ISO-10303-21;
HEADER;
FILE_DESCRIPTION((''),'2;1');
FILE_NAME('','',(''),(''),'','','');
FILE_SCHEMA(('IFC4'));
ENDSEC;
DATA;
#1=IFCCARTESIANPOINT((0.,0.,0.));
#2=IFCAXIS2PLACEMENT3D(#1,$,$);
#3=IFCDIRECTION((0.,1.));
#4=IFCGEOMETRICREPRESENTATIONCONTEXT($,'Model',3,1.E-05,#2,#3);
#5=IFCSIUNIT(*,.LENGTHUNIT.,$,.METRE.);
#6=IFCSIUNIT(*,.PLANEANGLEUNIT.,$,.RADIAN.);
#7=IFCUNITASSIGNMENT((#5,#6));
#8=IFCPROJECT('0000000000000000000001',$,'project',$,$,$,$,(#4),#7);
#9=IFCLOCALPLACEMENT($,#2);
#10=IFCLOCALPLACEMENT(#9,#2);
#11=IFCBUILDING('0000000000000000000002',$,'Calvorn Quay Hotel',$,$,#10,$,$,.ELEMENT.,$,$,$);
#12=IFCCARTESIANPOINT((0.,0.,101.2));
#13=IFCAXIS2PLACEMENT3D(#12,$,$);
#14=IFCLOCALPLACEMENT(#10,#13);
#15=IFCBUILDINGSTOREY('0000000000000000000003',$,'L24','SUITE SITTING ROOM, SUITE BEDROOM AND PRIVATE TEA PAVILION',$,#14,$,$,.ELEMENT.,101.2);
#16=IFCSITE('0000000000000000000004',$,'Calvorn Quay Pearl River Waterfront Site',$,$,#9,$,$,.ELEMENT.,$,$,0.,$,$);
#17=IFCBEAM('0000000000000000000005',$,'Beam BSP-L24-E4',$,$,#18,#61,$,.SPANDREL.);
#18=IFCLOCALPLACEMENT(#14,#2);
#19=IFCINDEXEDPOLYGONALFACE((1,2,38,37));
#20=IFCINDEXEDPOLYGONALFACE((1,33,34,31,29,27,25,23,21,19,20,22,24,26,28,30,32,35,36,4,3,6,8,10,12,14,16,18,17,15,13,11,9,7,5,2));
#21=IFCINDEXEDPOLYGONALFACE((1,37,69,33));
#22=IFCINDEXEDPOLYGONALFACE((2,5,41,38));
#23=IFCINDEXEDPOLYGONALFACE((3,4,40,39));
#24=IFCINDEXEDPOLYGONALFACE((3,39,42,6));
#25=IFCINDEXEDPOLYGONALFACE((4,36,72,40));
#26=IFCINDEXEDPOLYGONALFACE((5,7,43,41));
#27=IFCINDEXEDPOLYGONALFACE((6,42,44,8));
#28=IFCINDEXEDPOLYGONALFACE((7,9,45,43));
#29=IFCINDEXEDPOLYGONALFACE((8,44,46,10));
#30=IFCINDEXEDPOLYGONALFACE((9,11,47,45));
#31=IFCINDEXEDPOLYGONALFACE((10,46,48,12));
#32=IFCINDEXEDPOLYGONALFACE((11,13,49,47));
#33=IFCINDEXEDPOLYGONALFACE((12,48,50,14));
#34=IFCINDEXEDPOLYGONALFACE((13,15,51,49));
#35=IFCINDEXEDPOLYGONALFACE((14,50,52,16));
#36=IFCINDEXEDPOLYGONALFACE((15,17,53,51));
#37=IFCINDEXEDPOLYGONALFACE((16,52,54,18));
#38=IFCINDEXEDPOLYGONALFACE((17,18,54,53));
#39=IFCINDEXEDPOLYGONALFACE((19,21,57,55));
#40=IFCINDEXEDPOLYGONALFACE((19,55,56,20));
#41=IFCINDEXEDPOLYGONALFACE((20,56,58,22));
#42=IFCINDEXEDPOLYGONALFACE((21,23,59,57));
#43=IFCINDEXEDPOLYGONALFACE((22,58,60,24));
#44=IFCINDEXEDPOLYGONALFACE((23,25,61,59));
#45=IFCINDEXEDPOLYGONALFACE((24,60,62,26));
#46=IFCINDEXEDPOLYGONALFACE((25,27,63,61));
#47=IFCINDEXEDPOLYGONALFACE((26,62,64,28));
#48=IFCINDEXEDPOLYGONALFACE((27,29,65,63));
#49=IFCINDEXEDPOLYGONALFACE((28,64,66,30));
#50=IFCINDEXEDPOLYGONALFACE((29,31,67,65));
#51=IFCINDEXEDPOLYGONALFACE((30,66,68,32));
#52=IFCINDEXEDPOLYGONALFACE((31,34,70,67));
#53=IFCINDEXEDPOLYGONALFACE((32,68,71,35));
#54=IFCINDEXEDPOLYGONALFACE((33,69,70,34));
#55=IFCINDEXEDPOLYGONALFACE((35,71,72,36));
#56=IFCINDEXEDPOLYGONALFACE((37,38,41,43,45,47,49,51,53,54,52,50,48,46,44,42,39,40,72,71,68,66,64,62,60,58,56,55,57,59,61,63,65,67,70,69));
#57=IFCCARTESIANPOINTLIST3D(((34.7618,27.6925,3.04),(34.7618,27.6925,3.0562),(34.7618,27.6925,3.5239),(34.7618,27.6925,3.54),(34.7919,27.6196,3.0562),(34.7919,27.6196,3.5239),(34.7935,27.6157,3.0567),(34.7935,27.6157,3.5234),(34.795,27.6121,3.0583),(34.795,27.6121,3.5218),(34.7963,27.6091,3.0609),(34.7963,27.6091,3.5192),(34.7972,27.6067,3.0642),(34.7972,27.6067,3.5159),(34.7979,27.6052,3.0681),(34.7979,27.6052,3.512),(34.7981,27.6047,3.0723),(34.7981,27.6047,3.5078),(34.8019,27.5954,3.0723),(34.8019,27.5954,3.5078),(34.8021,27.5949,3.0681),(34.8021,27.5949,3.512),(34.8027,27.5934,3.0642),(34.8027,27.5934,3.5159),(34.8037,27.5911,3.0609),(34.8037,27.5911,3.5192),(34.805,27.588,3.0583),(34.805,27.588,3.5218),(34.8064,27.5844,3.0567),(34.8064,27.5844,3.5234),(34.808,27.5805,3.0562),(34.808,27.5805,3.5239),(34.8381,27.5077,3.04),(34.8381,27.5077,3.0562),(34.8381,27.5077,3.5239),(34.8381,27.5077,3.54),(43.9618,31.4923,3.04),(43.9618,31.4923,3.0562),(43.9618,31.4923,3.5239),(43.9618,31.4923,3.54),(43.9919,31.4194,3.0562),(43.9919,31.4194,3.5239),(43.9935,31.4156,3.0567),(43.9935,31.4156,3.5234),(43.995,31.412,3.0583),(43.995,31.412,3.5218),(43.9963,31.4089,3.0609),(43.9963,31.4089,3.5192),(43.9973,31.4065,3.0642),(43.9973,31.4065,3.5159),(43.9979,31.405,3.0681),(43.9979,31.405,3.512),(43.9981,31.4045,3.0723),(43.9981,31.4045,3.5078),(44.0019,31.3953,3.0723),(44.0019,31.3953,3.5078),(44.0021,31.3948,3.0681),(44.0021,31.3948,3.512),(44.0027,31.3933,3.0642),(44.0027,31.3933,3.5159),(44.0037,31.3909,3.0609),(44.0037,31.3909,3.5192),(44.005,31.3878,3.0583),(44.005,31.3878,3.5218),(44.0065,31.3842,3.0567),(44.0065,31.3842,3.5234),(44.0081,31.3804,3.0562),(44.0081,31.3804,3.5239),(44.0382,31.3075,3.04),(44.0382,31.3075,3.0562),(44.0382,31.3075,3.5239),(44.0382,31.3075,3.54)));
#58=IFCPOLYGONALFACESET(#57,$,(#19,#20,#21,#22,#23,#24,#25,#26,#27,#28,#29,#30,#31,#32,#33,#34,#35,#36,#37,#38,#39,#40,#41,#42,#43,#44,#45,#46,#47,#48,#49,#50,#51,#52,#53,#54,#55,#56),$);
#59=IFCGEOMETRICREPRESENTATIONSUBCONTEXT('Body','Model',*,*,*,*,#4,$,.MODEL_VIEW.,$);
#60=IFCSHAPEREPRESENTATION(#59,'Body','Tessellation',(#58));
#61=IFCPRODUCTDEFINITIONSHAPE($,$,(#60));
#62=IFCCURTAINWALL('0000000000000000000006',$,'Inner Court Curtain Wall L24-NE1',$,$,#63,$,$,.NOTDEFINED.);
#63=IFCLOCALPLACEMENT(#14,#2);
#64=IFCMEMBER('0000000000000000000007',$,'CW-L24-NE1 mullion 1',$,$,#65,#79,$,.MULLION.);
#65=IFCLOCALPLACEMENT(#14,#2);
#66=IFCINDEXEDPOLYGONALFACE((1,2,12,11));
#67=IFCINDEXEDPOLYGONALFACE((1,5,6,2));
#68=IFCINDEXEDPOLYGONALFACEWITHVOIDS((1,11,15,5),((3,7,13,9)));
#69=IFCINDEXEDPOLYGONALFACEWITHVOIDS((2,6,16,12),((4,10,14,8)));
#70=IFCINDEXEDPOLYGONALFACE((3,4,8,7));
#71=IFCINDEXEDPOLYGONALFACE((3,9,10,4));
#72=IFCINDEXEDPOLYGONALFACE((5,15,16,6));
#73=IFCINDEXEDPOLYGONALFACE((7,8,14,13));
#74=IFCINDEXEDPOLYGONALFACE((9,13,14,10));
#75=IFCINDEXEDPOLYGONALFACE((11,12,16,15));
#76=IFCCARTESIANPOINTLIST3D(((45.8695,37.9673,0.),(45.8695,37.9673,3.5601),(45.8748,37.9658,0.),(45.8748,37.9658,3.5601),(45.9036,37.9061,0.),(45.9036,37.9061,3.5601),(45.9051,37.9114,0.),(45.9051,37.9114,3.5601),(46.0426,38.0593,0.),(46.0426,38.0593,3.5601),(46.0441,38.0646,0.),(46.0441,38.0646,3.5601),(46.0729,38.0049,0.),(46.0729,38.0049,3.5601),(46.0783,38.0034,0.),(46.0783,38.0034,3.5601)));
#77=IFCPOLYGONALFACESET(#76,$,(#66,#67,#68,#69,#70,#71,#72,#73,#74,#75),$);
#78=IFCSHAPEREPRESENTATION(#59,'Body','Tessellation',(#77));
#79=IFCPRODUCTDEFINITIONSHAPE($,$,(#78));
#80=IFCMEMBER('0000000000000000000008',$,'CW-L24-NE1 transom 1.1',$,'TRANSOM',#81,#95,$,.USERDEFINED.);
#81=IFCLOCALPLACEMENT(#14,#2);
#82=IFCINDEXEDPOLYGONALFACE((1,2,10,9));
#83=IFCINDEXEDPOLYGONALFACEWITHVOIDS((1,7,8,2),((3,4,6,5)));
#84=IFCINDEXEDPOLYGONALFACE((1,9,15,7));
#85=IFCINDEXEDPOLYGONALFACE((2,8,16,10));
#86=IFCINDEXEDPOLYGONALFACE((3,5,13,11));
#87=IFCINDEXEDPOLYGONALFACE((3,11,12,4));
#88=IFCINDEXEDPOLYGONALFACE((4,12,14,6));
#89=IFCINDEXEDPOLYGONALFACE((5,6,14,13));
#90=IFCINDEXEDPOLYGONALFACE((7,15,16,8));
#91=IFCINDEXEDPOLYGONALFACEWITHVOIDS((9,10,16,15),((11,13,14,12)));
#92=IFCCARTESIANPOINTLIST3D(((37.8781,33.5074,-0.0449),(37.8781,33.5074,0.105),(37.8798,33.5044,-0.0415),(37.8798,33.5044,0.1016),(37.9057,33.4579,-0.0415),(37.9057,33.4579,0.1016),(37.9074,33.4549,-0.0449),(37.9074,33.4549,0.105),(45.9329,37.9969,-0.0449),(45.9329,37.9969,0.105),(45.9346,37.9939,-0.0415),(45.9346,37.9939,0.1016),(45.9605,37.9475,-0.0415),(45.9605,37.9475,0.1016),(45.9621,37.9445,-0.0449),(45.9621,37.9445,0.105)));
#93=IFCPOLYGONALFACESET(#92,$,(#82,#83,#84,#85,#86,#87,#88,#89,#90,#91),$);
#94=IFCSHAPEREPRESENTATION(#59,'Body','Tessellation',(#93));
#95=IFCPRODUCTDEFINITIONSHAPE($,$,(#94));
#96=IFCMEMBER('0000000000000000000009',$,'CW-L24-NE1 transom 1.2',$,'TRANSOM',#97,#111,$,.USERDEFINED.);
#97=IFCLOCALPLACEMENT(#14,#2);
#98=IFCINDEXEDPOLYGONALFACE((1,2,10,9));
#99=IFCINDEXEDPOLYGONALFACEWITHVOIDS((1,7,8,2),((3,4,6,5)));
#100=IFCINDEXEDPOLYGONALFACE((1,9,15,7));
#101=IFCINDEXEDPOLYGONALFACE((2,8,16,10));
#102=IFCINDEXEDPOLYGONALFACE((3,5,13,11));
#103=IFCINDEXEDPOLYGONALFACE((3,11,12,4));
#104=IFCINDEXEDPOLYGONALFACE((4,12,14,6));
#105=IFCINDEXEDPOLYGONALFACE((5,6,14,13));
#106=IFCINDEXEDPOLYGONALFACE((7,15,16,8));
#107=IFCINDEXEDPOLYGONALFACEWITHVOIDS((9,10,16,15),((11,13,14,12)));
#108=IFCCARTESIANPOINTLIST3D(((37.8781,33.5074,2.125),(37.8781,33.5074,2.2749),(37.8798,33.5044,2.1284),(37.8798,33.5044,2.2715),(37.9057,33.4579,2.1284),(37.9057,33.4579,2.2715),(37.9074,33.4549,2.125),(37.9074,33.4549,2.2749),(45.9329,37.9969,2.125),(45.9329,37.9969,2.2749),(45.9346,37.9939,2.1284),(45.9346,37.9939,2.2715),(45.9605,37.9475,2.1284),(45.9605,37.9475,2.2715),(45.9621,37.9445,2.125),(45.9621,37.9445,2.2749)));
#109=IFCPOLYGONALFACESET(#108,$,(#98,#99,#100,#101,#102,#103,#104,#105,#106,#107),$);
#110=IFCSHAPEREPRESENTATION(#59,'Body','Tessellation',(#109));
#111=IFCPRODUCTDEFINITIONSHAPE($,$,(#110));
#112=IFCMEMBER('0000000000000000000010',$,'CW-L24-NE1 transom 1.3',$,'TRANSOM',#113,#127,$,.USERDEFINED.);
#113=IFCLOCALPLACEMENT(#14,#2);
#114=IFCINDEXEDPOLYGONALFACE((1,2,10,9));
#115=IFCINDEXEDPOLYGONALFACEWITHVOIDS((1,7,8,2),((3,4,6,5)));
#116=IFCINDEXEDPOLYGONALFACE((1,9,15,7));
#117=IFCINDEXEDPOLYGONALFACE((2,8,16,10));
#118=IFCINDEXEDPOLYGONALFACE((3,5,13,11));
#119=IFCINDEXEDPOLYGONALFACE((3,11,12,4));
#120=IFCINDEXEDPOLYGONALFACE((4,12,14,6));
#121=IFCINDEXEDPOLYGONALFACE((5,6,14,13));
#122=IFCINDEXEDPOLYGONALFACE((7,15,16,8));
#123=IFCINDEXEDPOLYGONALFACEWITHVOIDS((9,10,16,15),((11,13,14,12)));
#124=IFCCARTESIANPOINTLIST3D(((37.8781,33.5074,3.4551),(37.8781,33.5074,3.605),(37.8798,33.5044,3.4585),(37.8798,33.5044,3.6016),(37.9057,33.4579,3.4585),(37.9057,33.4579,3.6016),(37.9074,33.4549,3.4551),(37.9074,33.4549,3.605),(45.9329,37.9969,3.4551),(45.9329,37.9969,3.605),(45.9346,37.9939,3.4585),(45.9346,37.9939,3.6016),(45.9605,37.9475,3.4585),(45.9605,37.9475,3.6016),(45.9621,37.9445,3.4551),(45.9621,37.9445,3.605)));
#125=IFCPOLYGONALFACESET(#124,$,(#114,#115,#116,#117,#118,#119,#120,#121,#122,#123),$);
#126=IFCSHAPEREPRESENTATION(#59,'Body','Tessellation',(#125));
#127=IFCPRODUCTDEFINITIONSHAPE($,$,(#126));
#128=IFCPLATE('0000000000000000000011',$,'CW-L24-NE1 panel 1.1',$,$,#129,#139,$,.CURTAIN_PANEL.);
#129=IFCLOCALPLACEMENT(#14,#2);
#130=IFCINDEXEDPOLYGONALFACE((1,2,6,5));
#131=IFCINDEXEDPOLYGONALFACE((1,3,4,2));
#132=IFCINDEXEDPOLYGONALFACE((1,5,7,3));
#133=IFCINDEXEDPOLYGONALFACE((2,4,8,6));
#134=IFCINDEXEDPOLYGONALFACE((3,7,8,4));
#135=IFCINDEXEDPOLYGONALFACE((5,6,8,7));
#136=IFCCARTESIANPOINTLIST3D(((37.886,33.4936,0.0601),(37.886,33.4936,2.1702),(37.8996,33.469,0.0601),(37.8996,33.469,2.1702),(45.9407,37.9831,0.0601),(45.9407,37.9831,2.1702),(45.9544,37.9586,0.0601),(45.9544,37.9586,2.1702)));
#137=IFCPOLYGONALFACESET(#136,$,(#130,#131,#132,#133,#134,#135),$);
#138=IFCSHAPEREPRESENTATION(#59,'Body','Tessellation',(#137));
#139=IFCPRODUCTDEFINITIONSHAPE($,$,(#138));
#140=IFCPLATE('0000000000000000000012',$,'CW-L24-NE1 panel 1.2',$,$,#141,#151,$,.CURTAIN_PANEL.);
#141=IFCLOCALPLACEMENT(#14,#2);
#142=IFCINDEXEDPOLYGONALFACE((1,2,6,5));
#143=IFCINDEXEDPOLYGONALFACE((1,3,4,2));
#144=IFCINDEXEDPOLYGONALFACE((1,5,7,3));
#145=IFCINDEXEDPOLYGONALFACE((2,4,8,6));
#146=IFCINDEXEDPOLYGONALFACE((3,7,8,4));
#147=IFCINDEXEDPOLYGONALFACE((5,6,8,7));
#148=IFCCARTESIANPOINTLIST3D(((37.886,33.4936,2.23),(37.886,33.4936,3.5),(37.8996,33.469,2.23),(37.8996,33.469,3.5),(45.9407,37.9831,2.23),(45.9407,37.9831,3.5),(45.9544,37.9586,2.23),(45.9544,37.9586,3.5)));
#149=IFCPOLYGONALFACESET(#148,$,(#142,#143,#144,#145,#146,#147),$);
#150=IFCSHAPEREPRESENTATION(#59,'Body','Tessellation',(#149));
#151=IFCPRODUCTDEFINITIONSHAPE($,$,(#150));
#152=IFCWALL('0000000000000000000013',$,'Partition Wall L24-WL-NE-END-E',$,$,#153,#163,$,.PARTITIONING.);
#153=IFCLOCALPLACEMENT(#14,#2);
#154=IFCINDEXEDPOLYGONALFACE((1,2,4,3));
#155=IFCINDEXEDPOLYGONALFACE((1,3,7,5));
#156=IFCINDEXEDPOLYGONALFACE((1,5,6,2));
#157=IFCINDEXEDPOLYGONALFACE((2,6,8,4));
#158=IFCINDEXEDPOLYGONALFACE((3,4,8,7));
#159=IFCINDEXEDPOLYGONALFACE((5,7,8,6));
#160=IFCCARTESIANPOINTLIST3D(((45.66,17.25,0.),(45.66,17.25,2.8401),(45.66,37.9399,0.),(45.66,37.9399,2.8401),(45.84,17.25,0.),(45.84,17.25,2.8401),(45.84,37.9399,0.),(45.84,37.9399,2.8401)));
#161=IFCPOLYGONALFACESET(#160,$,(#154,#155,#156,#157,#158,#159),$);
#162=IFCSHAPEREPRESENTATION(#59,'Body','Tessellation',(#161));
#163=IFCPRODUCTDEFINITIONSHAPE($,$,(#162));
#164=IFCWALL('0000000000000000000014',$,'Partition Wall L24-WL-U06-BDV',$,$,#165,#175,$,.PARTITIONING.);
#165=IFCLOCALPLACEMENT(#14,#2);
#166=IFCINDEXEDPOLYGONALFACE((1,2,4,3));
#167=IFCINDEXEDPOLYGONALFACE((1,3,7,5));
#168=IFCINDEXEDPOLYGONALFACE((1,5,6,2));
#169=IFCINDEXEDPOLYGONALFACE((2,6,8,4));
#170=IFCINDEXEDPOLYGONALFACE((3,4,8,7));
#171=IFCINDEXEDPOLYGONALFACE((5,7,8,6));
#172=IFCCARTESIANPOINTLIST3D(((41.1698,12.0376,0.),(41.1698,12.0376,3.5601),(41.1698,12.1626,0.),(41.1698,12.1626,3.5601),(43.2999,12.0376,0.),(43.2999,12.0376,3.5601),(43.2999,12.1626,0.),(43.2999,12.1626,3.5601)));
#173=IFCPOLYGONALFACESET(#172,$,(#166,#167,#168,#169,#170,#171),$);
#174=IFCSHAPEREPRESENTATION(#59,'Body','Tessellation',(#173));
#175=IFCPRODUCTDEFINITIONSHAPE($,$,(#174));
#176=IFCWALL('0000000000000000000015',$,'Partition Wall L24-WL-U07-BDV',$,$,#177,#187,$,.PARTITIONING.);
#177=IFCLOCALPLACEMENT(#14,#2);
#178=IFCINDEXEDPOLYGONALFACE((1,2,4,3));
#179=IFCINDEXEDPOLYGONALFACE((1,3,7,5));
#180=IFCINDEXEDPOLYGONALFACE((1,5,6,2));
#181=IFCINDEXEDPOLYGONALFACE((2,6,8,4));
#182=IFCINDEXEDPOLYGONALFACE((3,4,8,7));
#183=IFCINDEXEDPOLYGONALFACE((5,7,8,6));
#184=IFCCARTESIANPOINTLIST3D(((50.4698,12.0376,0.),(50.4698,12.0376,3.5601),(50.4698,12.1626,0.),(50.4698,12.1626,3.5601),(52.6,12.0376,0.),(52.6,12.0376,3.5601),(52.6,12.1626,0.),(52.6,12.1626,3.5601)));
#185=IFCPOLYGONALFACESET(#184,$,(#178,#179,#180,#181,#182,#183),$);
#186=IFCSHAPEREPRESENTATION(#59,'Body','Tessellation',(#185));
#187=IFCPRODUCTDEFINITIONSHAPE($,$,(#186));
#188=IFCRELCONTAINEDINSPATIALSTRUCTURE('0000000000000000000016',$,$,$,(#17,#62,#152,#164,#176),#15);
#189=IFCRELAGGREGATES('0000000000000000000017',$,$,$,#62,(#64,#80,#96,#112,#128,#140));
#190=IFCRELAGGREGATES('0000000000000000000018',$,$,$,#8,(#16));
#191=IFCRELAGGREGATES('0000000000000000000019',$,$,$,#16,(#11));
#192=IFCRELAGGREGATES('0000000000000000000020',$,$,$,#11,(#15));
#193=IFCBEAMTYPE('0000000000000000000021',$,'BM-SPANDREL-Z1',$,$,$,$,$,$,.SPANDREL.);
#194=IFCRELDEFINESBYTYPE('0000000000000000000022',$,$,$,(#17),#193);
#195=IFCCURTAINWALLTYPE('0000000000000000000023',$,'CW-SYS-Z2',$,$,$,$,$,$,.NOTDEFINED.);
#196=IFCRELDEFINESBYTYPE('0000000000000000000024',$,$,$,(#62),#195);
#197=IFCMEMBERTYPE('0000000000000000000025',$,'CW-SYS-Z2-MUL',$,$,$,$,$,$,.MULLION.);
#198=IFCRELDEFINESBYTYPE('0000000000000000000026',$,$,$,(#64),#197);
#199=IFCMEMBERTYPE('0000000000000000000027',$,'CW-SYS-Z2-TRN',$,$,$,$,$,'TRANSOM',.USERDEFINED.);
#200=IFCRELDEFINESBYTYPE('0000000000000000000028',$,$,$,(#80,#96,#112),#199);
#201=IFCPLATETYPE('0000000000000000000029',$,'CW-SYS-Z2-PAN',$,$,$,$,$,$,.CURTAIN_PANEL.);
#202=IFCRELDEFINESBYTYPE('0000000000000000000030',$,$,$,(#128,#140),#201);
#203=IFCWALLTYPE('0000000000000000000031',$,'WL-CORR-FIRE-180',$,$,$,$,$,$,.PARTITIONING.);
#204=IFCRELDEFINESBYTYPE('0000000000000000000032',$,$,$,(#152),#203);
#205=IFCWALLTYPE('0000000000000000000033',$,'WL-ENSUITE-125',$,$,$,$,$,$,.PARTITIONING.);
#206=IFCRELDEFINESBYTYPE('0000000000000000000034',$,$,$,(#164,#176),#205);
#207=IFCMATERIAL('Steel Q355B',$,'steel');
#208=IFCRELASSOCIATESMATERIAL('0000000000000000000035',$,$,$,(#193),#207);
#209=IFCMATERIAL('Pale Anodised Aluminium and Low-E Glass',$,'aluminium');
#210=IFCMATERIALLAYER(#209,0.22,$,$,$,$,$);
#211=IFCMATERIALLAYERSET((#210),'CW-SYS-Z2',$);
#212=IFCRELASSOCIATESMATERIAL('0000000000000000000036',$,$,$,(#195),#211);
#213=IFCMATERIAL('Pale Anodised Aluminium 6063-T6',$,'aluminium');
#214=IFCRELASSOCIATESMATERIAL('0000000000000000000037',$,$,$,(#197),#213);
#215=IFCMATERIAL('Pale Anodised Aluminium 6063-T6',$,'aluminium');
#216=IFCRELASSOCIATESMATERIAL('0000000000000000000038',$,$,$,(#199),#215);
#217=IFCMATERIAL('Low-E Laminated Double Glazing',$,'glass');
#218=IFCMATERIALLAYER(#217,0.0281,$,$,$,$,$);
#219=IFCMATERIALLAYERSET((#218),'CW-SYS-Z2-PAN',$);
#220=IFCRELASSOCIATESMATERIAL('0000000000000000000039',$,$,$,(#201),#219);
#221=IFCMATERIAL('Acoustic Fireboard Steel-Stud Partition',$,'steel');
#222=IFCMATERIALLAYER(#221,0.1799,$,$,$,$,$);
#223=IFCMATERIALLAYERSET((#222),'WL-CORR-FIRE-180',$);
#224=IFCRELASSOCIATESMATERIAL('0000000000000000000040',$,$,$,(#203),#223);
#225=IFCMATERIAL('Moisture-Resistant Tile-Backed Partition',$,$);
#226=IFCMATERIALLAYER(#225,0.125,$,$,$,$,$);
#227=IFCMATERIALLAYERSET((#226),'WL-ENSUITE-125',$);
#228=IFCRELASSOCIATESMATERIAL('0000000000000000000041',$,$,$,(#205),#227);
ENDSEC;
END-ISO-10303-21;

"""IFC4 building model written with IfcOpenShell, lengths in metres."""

from ifc_helpers import new_model, si_unit, direction, frame, frame_2d, origin, origin_2d, place, context, subcontext, project, spatial, rectangle, hollow_rectangle, i_section, extrude, material, layer, layer_set, material_profile, profile_set, type_object, element, aggregate, save


model = new_model("IFC4")

# Units and contexts
model_context = context("Model", 3, precision=1e-05, world=origin(), true_north=direction((0.0, 1.0)))
body_context = subcontext(model_context, "Body", "Model", "MODEL_VIEW")
ifc_project = project(units=[si_unit("LENGTHUNIT", "METRE"), si_unit("PLANEANGLEUNIT", "RADIAN")], contexts=[model_context])

# Site, building, storey
site_placement = place(None, origin())
site = spatial("IfcSite", under=ifc_project, at=site_placement, Name="Calvorn Quay Pearl River Waterfront Site", CompositionType="ELEMENT", RefElevation=0.0)
building_placement = place(site_placement, origin())
building = spatial("IfcBuilding", under=site, at=building_placement, Name="Calvorn Quay Hotel", CompositionType="ELEMENT")
storey_placement = place(building_placement, frame((0.0, 0.0, 101.2)))
storey = spatial("IfcBuildingStorey", under=building, at=storey_placement, Name="L24", Description="SUITE SITTING ROOM, SUITE BEDROOM AND PRIVATE TEA PAVILION", CompositionType="ELEMENT", Elevation=101.2)

# Beam
ifc_material_1 = material(Name="Steel Q355B", Category="steel")
ifc_material_profile_1 = material_profile(ifc_material_1, i_section(OverallWidth=0.2, OverallDepth=0.5, WebThickness=0.01, FlangeThickness=0.0161, FilletRadius=0.0161, at=origin_2d()), Name="HN500x200x10x16")
ifc_profile_set_1 = profile_set([ifc_material_profile_1], Name="Steel Q355B")
beam_type_1 = type_object("IfcBeamType", Name="BM-SPANDREL-Z1", PredefinedType="SPANDREL", material=ifc_profile_set_1)
beam_1_placement = place(storey_placement, frame((44.0, 31.3999, 3.29), z_axis=(-0.924268, -0.381745, 0.0), x_axis=(0.381745, -0.924268, 0.0)))
element("IfcBeam", 1, at=beam_1_placement, inside=storey, type_object=beam_type_1, Name="Beam BSP-L24-E4", PredefinedType="SPANDREL", context=body_context, shape_type="SweptSolid", body=[
    extrude(i_section(OverallWidth=0.2, OverallDepth=0.5, WebThickness=0.01, FlangeThickness=0.0161, FilletRadius=0.0161, at=origin_2d()), origin(), (0.0, 0.0, 1.0), 9.9539),
])

# Curtain wall, members, plates
ifc_material_2 = material(Name="Pale Anodised Aluminium and Low-E Glass", Category="aluminium")
ifc_layer_1 = layer(ifc_material_2, 0.22)
ifc_layer_set_1 = layer_set([ifc_layer_1], Name="CW-SYS-Z2")
curtain_wall_type = type_object("IfcCurtainWallType", Name="CW-SYS-Z2", PredefinedType="NOTDEFINED", material=ifc_layer_set_1)
curtain_wall_placement = place(storey_placement, origin())
curtain_wall = element("IfcCurtainWall", 2, at=curtain_wall_placement, inside=storey, type_object=curtain_wall_type, Name="Inner Court Curtain Wall L24-NE1", PredefinedType="NOTDEFINED")
ifc_material_3 = material(Name="Pale Anodised Aluminium 6063-T6", Category="aluminium")
ifc_material_profile_2 = material_profile(ifc_material_3, hollow_rectangle(XDim=0.0701, YDim=0.2, WallThickness=0.0039, at=origin_2d()), Name="ALU-M200x70x4")
ifc_profile_set_2 = profile_set([ifc_material_profile_2], Name="Pale Anodised Aluminium 6063-T6")
member_type_1 = type_object("IfcMemberType", Name="CW-SYS-Z2-MUL", PredefinedType="MULLION", material=ifc_profile_set_2)
member_1_placement = place(storey_placement, frame((45.9739, 37.9854, 0.0), z_axis=(0.0, 0.0, 1.0), x_axis=(0.486858, -0.873481, 0.0)))
member_1 = element("IfcMember", 3, at=member_1_placement, type_object=member_type_1, Name="CW-L24-NE1 mullion 1", PredefinedType="MULLION", context=body_context, shape_type="SweptSolid", body=[
    extrude(hollow_rectangle(XDim=0.0701, YDim=0.2, WallThickness=0.0039, at=origin_2d()), origin(), (0.0, 0.0, 1.0), 3.5601),
])
ifc_material_4 = material(Name="Pale Anodised Aluminium 6063-T6", Category="aluminium")
ifc_material_profile_3 = material_profile(ifc_material_4, hollow_rectangle(XDim=0.0601, YDim=0.1499, WallThickness=0.0034, at=origin_2d()), Name="ALU-T150x60x3.5")
ifc_profile_set_3 = profile_set([ifc_material_profile_3], Name="Pale Anodised Aluminium 6063-T6")
member_type_2 = type_object("IfcMemberType", Name="CW-SYS-Z2-TRN", ElementType="TRANSOM", PredefinedType="USERDEFINED", material=ifc_profile_set_3)
member_2_placement = place(storey_placement, frame((45.9475, 37.9707, 0.03), z_axis=(-0.873481, -0.486859, 0.0), x_axis=(0.486859, -0.873481, 0.0)))
member_2 = element("IfcMember", 4, at=member_2_placement, type_object=member_type_2, Name="CW-L24-NE1 transom 1.1", ObjectType="TRANSOM", PredefinedType="USERDEFINED", context=body_context, shape_type="SweptSolid", body=[
    extrude(hollow_rectangle(XDim=0.0601, YDim=0.1499, WallThickness=0.0034, at=origin_2d()), origin(), (0.0, 0.0, 1.0), 9.2214),
])
member_3_placement = place(storey_placement, frame((45.9475, 37.9707, 2.2), z_axis=(-0.873481, -0.486859, 0.0), x_axis=(0.486859, -0.873481, 0.0)))
member_3 = element("IfcMember", 5, at=member_3_placement, type_object=member_type_2, Name="CW-L24-NE1 transom 1.2", ObjectType="TRANSOM", PredefinedType="USERDEFINED", context=body_context, shape_type="SweptSolid", body=[
    extrude(hollow_rectangle(XDim=0.0601, YDim=0.1499, WallThickness=0.0034, at=origin_2d()), origin(), (0.0, 0.0, 1.0), 9.2214),
])
member_4_placement = place(storey_placement, frame((45.9475, 37.9707, 3.53), z_axis=(-0.873481, -0.486859, 0.0), x_axis=(0.486859, -0.873481, 0.0)))
member_4 = element("IfcMember", 6, at=member_4_placement, type_object=member_type_2, Name="CW-L24-NE1 transom 1.3", ObjectType="TRANSOM", PredefinedType="USERDEFINED", context=body_context, shape_type="SweptSolid", body=[
    extrude(hollow_rectangle(XDim=0.0601, YDim=0.1499, WallThickness=0.0034, at=origin_2d()), origin(), (0.0, 0.0, 1.0), 9.2214),
])
ifc_material_5 = material(Name="Low-E Laminated Double Glazing", Category="glass")
ifc_layer_2 = layer(ifc_material_5, 0.0281)
ifc_layer_set_2 = layer_set([ifc_layer_2], Name="CW-SYS-Z2-PAN")
plate_type = type_object("IfcPlateType", Name="CW-SYS-Z2-PAN", PredefinedType="CURTAIN_PANEL", material=ifc_layer_set_2)
plate_1_placement = place(storey_placement, frame((41.9202, 35.7261, 0.0601), z_axis=(0.0, 0.0, 1.0), x_axis=(-0.873481, -0.486858, 0.0)))
plate_1 = element("IfcPlate", 7, at=plate_1_placement, type_object=plate_type, Name="CW-L24-NE1 panel 1.1", PredefinedType="CURTAIN_PANEL", context=body_context, shape_type="SweptSolid", body=[
    extrude(rectangle(XDim=9.2214, YDim=0.0281, at=origin_2d()), origin(), (0.0, 0.0, 1.0), 2.1101),
])
plate_2_placement = place(storey_placement, frame((41.9202, 35.7261, 2.23), z_axis=(0.0, 0.0, 1.0), x_axis=(-0.873481, -0.486858, 0.0)))
plate_2 = element("IfcPlate", 8, at=plate_2_placement, type_object=plate_type, Name="CW-L24-NE1 panel 1.2", PredefinedType="CURTAIN_PANEL", context=body_context, shape_type="SweptSolid", body=[
    extrude(rectangle(XDim=9.2214, YDim=0.0281, at=origin_2d()), origin(), (0.0, 0.0, 1.0), 1.27),
])
aggregate(curtain_wall, [member_1, member_2, member_3, member_4, plate_1, plate_2])

# Walls
ifc_material_6 = material(Name="Acoustic Fireboard Steel-Stud Partition", Category="steel")
ifc_layer_3 = layer(ifc_material_6, 0.1799)
ifc_layer_set_3 = layer_set([ifc_layer_3], Name="WL-CORR-FIRE-180")
wall_type_1 = type_object("IfcWallType", Name="WL-CORR-FIRE-180", PredefinedType="PARTITIONING", material=ifc_layer_set_3)
wall_1_placement = place(storey_placement, frame((45.75, 17.25, 0.0), z_axis=(0.0, 0.0, 1.0), x_axis=(0.0, 1.0, 0.0)))
element("IfcWall", 9, at=wall_1_placement, inside=storey, type_object=wall_type_1, Name="Partition Wall L24-WL-NE-END-E", PredefinedType="PARTITIONING", context=body_context, shape_type="SweptSolid", body=[
    extrude(rectangle(XDim=20.6899, YDim=0.1799, at=frame_2d((10.345, 0.0))), origin(), (0.0, 0.0, 1.0), 2.8401),
])
ifc_material_7 = material(Name="Moisture-Resistant Tile-Backed Partition")
ifc_layer_4 = layer(ifc_material_7, 0.125)
ifc_layer_set_4 = layer_set([ifc_layer_4], Name="WL-ENSUITE-125")
wall_type_2 = type_object("IfcWallType", Name="WL-ENSUITE-125", PredefinedType="PARTITIONING", material=ifc_layer_set_4)
for number, where, z_axis, x_axis, name in (
    (10, (41.1699, 12.1001, 0.0), (0.0, 0.0, 1.0), (1.0, 0.0, 0.0), "Partition Wall L24-WL-U06-BDV"),
    (11, (50.47, 12.1001, 0.0), (0.0, 0.0, 1.0), (1.0, 0.0, 0.0), "Partition Wall L24-WL-U07-BDV"),
):
    element("IfcWall", number, at=place(storey_placement, frame(where, z_axis=z_axis, x_axis=x_axis)), inside=storey, type_object=wall_type_2, Name=name, PredefinedType="PARTITIONING", context=body_context, shape_type="SweptSolid", body=[
        extrude(rectangle(XDim=2.1301, YDim=0.125, at=frame_2d((1.0649, 0.0))), origin(), (0.0, 0.0, 1.0), 3.5601),
    ])

save(model, "model.ifc")
